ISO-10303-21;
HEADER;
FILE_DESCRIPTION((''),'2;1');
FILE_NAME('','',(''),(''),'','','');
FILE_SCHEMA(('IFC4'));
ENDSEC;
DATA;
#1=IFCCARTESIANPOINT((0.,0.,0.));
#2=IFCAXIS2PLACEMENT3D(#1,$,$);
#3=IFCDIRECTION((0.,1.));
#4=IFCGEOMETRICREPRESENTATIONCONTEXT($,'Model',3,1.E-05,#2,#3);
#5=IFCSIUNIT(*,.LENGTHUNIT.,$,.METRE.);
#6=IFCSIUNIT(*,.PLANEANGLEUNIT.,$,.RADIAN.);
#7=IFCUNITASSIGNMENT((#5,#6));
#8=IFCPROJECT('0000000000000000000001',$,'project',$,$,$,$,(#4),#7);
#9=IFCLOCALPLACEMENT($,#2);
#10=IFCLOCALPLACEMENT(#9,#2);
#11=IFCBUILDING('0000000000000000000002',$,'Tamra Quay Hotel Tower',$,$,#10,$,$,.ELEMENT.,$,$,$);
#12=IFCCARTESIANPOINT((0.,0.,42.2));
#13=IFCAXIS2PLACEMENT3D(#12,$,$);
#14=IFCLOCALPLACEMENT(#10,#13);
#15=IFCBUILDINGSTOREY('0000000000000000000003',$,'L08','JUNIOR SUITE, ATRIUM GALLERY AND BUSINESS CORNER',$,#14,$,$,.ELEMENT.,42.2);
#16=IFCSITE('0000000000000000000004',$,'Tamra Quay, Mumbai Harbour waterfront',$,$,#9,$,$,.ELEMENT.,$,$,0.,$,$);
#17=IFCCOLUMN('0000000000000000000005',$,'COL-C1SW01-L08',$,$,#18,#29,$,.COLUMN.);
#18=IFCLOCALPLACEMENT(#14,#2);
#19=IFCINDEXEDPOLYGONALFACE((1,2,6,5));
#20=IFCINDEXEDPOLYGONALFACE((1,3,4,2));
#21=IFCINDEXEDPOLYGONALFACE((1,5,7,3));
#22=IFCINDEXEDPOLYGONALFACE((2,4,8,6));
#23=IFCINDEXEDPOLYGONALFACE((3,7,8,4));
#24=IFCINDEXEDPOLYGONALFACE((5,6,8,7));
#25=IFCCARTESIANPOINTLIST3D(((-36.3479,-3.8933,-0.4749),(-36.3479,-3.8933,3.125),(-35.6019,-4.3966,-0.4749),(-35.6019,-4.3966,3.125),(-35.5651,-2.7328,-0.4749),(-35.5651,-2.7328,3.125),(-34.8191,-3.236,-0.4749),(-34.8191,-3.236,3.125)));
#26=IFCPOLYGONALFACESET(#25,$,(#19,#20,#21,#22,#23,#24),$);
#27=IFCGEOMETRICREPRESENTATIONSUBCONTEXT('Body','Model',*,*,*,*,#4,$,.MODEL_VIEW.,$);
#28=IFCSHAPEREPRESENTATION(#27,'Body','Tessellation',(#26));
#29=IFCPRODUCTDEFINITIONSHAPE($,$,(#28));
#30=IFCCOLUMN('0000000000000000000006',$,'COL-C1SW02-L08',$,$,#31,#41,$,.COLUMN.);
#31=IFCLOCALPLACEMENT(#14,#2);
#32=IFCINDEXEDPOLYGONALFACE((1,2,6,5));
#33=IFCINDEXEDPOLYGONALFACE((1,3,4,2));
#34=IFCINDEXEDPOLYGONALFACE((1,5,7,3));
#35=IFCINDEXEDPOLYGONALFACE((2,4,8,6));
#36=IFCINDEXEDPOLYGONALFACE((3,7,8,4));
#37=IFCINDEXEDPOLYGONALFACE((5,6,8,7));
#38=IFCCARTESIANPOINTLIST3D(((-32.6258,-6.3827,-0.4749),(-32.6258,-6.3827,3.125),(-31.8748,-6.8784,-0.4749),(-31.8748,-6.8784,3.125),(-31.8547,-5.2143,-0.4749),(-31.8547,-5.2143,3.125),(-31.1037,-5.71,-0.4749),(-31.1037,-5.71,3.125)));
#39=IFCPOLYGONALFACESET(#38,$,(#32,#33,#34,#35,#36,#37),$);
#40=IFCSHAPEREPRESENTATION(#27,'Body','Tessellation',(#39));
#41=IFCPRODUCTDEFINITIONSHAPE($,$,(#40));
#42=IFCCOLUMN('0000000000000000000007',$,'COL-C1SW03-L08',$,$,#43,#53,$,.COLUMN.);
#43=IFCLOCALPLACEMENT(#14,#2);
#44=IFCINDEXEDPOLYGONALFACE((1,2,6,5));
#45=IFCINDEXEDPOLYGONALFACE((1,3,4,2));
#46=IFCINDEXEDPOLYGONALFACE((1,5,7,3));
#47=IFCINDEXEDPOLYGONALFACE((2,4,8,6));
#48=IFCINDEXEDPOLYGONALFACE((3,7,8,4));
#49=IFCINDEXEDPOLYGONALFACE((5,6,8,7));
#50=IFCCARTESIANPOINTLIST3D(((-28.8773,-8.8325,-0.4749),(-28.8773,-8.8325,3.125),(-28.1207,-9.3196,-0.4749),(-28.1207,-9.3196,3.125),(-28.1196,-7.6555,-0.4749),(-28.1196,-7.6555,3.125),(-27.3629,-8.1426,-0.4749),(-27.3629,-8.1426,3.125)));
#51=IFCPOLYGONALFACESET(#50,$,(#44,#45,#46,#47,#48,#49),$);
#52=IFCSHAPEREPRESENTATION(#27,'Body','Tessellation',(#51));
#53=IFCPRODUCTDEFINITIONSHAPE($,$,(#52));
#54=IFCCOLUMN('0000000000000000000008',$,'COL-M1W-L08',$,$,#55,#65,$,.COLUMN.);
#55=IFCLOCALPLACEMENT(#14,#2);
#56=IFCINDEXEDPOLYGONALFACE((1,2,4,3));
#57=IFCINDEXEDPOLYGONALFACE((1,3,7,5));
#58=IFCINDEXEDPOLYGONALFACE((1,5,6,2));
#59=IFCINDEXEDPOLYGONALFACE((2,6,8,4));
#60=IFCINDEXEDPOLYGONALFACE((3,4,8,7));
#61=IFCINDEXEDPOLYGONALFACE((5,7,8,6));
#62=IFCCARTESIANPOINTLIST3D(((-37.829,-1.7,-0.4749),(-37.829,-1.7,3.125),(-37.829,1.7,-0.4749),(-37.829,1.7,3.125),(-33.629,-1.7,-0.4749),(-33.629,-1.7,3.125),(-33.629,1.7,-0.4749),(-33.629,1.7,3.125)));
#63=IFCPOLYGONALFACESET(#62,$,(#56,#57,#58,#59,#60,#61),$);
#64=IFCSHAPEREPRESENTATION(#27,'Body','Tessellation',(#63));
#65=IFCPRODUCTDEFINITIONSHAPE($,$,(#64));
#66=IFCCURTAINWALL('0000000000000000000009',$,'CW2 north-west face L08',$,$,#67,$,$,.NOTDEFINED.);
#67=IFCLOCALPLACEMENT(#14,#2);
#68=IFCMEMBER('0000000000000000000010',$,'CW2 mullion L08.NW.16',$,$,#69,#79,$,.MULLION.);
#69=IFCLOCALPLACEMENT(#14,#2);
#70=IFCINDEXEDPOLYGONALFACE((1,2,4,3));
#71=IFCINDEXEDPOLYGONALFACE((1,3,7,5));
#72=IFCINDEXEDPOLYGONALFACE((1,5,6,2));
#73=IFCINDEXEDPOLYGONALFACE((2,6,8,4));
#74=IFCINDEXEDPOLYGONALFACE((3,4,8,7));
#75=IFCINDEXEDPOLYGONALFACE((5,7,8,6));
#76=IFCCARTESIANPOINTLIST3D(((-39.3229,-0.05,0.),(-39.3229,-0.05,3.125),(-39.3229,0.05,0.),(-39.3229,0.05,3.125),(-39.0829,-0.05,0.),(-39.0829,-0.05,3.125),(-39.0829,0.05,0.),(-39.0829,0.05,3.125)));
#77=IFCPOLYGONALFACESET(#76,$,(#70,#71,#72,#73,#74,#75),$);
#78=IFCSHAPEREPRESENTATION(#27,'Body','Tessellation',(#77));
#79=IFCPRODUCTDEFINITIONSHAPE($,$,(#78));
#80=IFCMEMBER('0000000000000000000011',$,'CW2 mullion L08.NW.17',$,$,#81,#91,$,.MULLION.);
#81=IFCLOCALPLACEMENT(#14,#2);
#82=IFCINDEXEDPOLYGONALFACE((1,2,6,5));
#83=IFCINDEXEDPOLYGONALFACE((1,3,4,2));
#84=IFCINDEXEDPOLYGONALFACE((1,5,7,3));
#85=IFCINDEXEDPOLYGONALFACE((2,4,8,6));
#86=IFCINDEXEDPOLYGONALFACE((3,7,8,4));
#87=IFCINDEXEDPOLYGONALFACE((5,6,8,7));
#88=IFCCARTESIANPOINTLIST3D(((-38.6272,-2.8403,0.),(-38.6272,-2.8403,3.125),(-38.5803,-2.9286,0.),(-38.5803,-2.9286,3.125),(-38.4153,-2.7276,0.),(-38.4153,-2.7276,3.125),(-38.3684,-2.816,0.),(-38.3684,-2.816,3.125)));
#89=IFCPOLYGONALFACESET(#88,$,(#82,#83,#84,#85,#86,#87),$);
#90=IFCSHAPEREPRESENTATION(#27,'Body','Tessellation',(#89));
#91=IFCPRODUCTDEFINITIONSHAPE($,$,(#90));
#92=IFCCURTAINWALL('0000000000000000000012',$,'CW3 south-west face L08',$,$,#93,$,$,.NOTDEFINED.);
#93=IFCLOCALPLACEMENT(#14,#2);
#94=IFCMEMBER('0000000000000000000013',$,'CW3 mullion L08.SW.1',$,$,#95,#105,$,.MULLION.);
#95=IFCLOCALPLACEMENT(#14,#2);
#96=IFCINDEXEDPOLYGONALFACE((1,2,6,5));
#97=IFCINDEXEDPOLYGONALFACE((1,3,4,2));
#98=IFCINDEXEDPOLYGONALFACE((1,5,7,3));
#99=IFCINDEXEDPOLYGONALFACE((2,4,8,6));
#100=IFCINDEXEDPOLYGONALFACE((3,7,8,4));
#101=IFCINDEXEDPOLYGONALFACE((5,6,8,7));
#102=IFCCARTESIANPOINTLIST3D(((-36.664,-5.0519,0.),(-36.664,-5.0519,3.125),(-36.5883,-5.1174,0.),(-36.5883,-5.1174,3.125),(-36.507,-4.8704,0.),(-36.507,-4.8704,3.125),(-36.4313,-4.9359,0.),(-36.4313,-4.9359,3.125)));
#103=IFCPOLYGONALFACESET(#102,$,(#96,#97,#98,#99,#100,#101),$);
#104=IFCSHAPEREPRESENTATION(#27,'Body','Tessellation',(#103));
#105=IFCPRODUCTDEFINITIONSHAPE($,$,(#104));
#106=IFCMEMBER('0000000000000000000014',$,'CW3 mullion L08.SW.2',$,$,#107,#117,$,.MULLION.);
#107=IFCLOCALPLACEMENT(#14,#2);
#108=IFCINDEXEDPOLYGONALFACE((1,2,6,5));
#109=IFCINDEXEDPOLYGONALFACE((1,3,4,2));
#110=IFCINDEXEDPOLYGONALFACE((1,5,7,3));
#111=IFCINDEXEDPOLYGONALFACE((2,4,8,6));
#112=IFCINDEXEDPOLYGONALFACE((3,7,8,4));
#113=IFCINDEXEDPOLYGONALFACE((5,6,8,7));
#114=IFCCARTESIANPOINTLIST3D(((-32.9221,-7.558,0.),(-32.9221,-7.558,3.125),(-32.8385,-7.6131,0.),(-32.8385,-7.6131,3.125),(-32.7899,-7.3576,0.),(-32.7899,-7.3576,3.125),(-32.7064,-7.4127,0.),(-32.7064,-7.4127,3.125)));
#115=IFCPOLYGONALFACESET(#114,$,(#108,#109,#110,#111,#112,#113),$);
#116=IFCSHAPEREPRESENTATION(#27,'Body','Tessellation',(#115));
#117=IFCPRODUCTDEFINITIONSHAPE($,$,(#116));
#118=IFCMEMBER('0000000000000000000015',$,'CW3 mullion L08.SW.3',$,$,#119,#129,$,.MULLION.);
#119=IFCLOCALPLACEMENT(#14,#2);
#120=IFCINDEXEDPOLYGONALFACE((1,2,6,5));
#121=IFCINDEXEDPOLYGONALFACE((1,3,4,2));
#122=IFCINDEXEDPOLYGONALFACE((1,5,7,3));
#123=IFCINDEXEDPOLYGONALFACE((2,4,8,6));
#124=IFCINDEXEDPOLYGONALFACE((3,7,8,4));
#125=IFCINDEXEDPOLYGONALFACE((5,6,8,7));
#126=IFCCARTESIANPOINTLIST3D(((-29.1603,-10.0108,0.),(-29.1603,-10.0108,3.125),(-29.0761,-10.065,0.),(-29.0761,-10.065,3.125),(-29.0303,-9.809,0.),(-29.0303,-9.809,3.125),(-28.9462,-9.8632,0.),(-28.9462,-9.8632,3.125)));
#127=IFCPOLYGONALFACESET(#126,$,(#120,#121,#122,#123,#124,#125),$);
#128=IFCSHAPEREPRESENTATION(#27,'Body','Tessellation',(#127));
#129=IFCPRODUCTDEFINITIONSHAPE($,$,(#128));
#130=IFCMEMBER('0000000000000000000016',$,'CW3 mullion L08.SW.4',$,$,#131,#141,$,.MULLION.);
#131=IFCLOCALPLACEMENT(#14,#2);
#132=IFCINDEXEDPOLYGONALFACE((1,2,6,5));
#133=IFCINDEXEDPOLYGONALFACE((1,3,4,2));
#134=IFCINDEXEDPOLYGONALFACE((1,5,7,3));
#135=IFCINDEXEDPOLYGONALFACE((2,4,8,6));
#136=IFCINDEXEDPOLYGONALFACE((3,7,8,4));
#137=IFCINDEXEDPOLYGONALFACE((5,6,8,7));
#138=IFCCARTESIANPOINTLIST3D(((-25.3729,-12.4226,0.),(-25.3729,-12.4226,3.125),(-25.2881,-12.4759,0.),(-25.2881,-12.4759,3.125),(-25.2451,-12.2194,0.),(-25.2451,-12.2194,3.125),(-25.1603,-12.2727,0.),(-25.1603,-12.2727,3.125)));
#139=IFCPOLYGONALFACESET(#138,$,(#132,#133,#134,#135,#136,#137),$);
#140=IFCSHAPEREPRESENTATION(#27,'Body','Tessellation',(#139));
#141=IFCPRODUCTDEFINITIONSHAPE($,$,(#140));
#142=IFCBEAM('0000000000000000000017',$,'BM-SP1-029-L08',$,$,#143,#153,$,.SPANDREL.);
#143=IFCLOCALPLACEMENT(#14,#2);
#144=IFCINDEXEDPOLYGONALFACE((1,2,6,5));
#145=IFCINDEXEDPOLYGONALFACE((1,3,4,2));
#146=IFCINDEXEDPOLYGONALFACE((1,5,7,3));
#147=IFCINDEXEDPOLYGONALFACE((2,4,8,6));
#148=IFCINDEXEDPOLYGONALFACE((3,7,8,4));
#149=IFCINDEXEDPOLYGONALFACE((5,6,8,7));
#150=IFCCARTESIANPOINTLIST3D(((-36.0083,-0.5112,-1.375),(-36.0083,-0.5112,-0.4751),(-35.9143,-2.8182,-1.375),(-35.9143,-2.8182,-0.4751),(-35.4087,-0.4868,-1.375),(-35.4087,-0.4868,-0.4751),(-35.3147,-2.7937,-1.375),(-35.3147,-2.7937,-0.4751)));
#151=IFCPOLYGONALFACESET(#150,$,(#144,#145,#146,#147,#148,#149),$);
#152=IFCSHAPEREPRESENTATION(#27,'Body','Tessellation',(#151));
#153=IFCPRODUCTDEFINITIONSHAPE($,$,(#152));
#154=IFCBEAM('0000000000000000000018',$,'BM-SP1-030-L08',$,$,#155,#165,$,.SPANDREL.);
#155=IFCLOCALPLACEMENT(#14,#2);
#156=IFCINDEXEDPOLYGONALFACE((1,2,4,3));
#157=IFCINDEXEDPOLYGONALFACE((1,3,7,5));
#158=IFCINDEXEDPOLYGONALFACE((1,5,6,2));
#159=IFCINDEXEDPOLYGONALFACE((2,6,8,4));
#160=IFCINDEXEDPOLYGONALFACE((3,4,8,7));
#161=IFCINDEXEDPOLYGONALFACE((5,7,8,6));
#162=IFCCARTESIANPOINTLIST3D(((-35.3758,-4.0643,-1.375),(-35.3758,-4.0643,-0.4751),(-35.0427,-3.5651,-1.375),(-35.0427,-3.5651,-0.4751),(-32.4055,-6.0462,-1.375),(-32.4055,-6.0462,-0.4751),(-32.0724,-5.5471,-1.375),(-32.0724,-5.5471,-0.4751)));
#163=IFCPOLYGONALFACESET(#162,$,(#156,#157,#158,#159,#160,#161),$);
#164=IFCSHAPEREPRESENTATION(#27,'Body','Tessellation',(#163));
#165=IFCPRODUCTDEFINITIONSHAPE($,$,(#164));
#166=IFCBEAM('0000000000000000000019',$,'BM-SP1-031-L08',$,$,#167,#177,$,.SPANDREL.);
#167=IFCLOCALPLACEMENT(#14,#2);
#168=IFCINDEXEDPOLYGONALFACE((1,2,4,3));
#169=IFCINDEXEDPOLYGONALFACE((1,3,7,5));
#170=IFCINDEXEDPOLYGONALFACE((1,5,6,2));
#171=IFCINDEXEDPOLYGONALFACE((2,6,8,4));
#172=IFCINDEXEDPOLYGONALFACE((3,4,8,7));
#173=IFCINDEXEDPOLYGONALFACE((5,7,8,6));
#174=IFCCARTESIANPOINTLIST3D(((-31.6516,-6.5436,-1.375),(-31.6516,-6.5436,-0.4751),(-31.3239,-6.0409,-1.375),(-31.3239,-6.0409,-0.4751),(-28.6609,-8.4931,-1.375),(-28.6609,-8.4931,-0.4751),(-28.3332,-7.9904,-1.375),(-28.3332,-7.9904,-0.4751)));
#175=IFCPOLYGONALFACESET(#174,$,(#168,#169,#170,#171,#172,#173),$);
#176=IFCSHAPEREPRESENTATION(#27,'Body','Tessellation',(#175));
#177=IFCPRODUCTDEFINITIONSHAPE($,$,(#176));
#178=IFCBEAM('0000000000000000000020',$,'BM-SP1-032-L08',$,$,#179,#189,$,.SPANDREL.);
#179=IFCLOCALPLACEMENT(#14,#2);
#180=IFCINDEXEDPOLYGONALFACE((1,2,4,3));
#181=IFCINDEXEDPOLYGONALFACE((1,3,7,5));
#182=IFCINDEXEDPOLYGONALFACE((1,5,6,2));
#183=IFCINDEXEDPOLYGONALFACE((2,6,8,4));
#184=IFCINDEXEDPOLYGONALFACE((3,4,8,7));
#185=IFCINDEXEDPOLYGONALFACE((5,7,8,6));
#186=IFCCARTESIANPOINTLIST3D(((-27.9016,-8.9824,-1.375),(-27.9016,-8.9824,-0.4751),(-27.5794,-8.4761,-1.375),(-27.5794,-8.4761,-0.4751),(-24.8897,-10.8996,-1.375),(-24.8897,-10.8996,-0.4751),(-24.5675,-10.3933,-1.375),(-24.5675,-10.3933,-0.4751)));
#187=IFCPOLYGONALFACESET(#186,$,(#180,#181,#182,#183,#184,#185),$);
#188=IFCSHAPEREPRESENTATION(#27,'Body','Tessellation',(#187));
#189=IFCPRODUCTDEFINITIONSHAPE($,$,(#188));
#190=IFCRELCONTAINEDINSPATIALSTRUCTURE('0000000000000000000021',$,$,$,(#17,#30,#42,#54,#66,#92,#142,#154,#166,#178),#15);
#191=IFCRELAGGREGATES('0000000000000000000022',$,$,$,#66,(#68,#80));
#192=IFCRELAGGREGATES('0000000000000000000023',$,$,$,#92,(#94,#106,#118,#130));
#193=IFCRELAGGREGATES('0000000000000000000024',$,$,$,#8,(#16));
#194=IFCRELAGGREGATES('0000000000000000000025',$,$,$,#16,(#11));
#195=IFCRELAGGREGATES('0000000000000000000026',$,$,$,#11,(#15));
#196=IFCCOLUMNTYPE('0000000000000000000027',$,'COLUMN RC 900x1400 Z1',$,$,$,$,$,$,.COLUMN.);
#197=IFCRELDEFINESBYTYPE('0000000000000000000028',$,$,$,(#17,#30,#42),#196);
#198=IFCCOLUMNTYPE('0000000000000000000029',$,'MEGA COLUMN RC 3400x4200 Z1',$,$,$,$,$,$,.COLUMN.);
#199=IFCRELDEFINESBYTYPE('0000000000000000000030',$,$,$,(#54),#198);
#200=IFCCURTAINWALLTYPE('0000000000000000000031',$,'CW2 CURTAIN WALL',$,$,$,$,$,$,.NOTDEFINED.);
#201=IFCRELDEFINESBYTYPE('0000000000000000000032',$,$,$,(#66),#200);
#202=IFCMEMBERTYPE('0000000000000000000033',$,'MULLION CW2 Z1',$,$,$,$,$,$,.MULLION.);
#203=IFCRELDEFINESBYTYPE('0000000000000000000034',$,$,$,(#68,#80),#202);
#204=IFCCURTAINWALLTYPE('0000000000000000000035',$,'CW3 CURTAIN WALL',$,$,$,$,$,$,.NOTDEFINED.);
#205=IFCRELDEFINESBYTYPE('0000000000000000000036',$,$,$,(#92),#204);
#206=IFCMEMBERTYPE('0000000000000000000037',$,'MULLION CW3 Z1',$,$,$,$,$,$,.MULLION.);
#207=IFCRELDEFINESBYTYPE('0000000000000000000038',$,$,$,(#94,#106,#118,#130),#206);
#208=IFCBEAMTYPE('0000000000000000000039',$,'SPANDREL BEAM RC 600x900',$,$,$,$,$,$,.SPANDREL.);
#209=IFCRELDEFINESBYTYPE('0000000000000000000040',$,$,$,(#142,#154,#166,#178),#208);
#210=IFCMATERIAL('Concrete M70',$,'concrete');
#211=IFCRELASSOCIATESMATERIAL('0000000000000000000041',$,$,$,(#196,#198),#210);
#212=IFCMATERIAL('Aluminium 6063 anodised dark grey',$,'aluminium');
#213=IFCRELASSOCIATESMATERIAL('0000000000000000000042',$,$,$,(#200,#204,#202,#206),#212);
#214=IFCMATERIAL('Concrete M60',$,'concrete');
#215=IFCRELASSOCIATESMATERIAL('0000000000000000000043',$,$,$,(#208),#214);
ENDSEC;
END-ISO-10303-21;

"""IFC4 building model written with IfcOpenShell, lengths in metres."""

from ifc_helpers import new_model, si_unit, direction, frame, origin, origin_2d, place, context, subcontext, project, spatial, rectangle, extrude, material, material_profile, profile_set, type_object, element, aggregate, save


model = new_model("IFC4")

# Units and contexts
model_context = context("Model", 3, precision=1e-05, world=origin(), true_north=direction((0.0, 1.0)))
body_context = subcontext(model_context, "Body", "Model", "MODEL_VIEW")
ifc_project = project(units=[si_unit("LENGTHUNIT", "METRE"), si_unit("PLANEANGLEUNIT", "RADIAN")], contexts=[model_context])

# Site, building, storey
site_placement = place(None, origin())
site = spatial("IfcSite", under=ifc_project, at=site_placement, Name="Tamra Quay, Mumbai Harbour waterfront", CompositionType="ELEMENT", RefElevation=0.0)
building_placement = place(site_placement, origin())
building = spatial("IfcBuilding", under=site, at=building_placement, Name="Tamra Quay Hotel Tower", CompositionType="ELEMENT")
storey_placement = place(building_placement, frame((0.0, 0.0, 42.2)))
storey = spatial("IfcBuildingStorey", under=building, at=storey_placement, Name="L08", Description="JUNIOR SUITE, ATRIUM GALLERY AND BUSINESS CORNER", CompositionType="ELEMENT", Elevation=42.2)

# Columns
ifc_material_1 = material(Name="Concrete M70", Category="concrete")
ifc_material_profile_1 = material_profile(ifc_material_1, rectangle(XDim=1.3999, YDim=0.8999, at=origin_2d()), Name="COLUMN RC 900x1400 Z1")
ifc_profile_set_1 = profile_set([ifc_material_profile_1], Name="Concrete M70")
column_type_1 = type_object("IfcColumnType", Name="COLUMN RC 900x1400 Z1", PredefinedType="COLUMN", material=ifc_profile_set_1)
for number, where, z_axis, x_axis, name in (
    (1, (-35.5835, -3.5647, -0.4749), (0.0, 0.0, 1.0), (0.55922, 0.829019, 0.0), "COL-C1SW01-L08"),
    (2, (-31.8647, -6.0464, -0.4749), (0.0, 0.0, 1.0), (0.550838, 0.834612, 0.0), "COL-C1SW02-L08"),
    (3, (-28.1201, -8.4875, -0.4749), (0.0, 0.0, 1.0), (0.541283, 0.840841, 0.0), "COL-C1SW03-L08"),
):
    element("IfcColumn", number, at=place(storey_placement, frame(where, z_axis=z_axis, x_axis=x_axis)), inside=storey, type_object=column_type_1, Name=name, PredefinedType="COLUMN", context=body_context, shape_type="SweptSolid", body=[
        extrude(rectangle(XDim=1.3999, YDim=0.8999, at=origin_2d()), origin(), (0.0, 0.0, 1.0), 3.5999),
    ])
ifc_material_profile_2 = material_profile(ifc_material_1, rectangle(XDim=4.2, YDim=3.3999, at=origin_2d()), Name="MEGA COLUMN RC 3400x4200 Z1")
ifc_profile_set_2 = profile_set([ifc_material_profile_2], Name="Concrete M70")
column_type_2 = type_object("IfcColumnType", Name="MEGA COLUMN RC 3400x4200 Z1", PredefinedType="COLUMN", material=ifc_profile_set_2)
column_placement = place(storey_placement, frame((-35.729, 0.0, -0.4749), z_axis=(0.0, 0.0, 1.0), x_axis=(1.0, 0.0, 0.0)))
element("IfcColumn", 4, at=column_placement, inside=storey, type_object=column_type_2, Name="COL-M1W-L08", PredefinedType="COLUMN", context=body_context, shape_type="SweptSolid", body=[
    extrude(rectangle(XDim=4.2, YDim=3.3999, at=origin_2d()), origin(), (0.0, 0.0, 1.0), 3.5999),
])

# Curtain walls, members
ifc_material_2 = material(Name="Aluminium 6063 anodised dark grey", Category="aluminium")
curtain_wall_type_1 = type_object("IfcCurtainWallType", Name="CW2 CURTAIN WALL", PredefinedType="NOTDEFINED", material=ifc_material_2)
curtain_wall_1_placement = place(storey_placement, origin())
curtain_wall_1 = element("IfcCurtainWall", 5, at=curtain_wall_1_placement, inside=storey, type_object=curtain_wall_type_1, Name="CW2 north-west face L08", PredefinedType="NOTDEFINED")
ifc_material_profile_3 = material_profile(ifc_material_2, rectangle(XDim=0.24, YDim=0.1001, at=origin_2d()), Name="MULLION 100X240")
ifc_profile_set_3 = profile_set([ifc_material_profile_3], Name="Aluminium 6063 anodised dark grey")
member_type_1 = type_object("IfcMemberType", Name="MULLION CW2 Z1", PredefinedType="MULLION", material=ifc_profile_set_3)
member_1_placement = place(storey_placement, frame((-39.2029, 0.0, 0.0), z_axis=(0.0, 0.0, 1.0), x_axis=(-1.0, 0.0, 0.0)))
member_1 = element("IfcMember", 6, at=member_1_placement, type_object=member_type_1, Name="CW2 mullion L08.NW.16", PredefinedType="MULLION", context=body_context, shape_type="SweptSolid", body=[
    extrude(rectangle(XDim=0.24, YDim=0.1001, at=origin_2d()), origin(), (0.0, 0.0, 1.0), 3.125),
])
member_2_placement = place(storey_placement, frame((-38.4978, -2.8281, 0.0), z_axis=(0.0, 0.0, 1.0), x_axis=(-0.882955, -0.469457, 0.0)))
member_2 = element("IfcMember", 7, at=member_2_placement, type_object=member_type_1, Name="CW2 mullion L08.NW.17", PredefinedType="MULLION", context=body_context, shape_type="SweptSolid", body=[
    extrude(rectangle(XDim=0.24, YDim=0.1001, at=origin_2d()), origin(), (0.0, 0.0, 1.0), 3.125),
])
curtain_wall_type_2 = type_object("IfcCurtainWallType", Name="CW3 CURTAIN WALL", PredefinedType="NOTDEFINED", material=ifc_material_2)
curtain_wall_2_placement = place(storey_placement, origin())
curtain_wall_2 = element("IfcCurtainWall", 8, at=curtain_wall_2_placement, inside=storey, type_object=curtain_wall_type_2, Name="CW3 south-west face L08", PredefinedType="NOTDEFINED")
ifc_material_profile_4 = material_profile(ifc_material_2, rectangle(XDim=0.24, YDim=0.1001, at=origin_2d()), Name="MULLION 100X240")
ifc_profile_set_4 = profile_set([ifc_material_profile_4], Name="Aluminium 6063 anodised dark grey")
member_type_2 = type_object("IfcMemberType", Name="MULLION CW3 Z1", PredefinedType="MULLION", material=ifc_profile_set_4)
member_3_placement = place(storey_placement, frame((-36.5476, -4.9939, 0.0), z_axis=(0.0, 0.0, 1.0), x_axis=(-0.654197, -0.756324, 0.0)))
member_3 = element("IfcMember", 9, at=member_3_placement, type_object=member_type_2, Name="CW3 mullion L08.SW.1", PredefinedType="MULLION", context=body_context, shape_type="SweptSolid", body=[
    extrude(rectangle(XDim=0.24, YDim=0.1001, at=origin_2d()), origin(), (0.0, 0.0, 1.0), 3.125),
])
member_4_placement = place(storey_placement, frame((-32.8142, -7.4854, 0.0), z_axis=(0.0, 0.0, 1.0), x_axis=(-0.550591, -0.834775, 0.0)))
member_4 = element("IfcMember", 10, at=member_4_placement, type_object=member_type_2, Name="CW3 mullion L08.SW.2", PredefinedType="MULLION", context=body_context, shape_type="SweptSolid", body=[
    extrude(rectangle(XDim=0.24, YDim=0.1001, at=origin_2d()), origin(), (0.0, 0.0, 1.0), 3.125),
])
member_5_placement = place(storey_placement, frame((-29.0532, -9.937, 0.0), z_axis=(0.0, 0.0, 1.0), x_axis=(-0.541561, -0.840662, 0.0)))
member_5 = element("IfcMember", 11, at=member_5_placement, type_object=member_type_2, Name="CW3 mullion L08.SW.3", PredefinedType="MULLION", context=body_context, shape_type="SweptSolid", body=[
    extrude(rectangle(XDim=0.24, YDim=0.1001, at=origin_2d()), origin(), (0.0, 0.0, 1.0), 3.125),
])
member_6_placement = place(storey_placement, frame((-25.2666, -12.3477, 0.0), z_axis=(0.0, 0.0, 1.0), x_axis=(-0.532447, -0.846463, 0.0)))
member_6 = element("IfcMember", 12, at=member_6_placement, type_object=member_type_2, Name="CW3 mullion L08.SW.4", PredefinedType="MULLION", context=body_context, shape_type="SweptSolid", body=[
    extrude(rectangle(XDim=0.24, YDim=0.1001, at=origin_2d()), origin(), (0.0, 0.0, 1.0), 3.125),
])

# Beams
ifc_material_3 = material(Name="Concrete M60", Category="concrete")
ifc_material_profile_5 = material_profile(ifc_material_3, rectangle(XDim=0.6001, YDim=0.8999, at=origin_2d()), Name="SPANDREL BEAM RC 600x900")
ifc_profile_set_5 = profile_set([ifc_material_profile_5], Name="Concrete M60")
beam_type = type_object("IfcBeamType", Name="SPANDREL BEAM RC 600x900", PredefinedType="SPANDREL", material=ifc_profile_set_5)
beam_1_placement = place(storey_placement, frame((-35.7085, -0.499, -0.925), z_axis=(0.040711, -0.999171, 0.0), x_axis=(0.999171, 0.040711, 0.0)))
element("IfcBeam", 13, at=beam_1_placement, inside=storey, type_object=beam_type, Name="BM-SP1-029-L08", PredefinedType="SPANDREL", context=body_context, shape_type="SweptSolid", body=[
    extrude(rectangle(XDim=0.6001, YDim=0.8999, at=origin_2d()), origin(), (0.0, 0.0, 1.0), 2.3088),
])
beam_2_placement = place(storey_placement, frame((-35.2092, -3.8147, -0.925), z_axis=(0.831819, -0.555047, 0.0), x_axis=(0.555047, 0.831819, 0.0)))
element("IfcBeam", 14, at=beam_2_placement, inside=storey, type_object=beam_type, Name="BM-SP1-030-L08", PredefinedType="SPANDREL", context=body_context, shape_type="SweptSolid", body=[
    extrude(rectangle(XDim=0.6001, YDim=0.8999, at=origin_2d()), origin(), (0.0, 0.0, 1.0), 3.5708),
])
beam_3_placement = place(storey_placement, frame((-31.4878, -6.2922, -0.925), z_axis=(0.83774, -0.54607, 0.0), x_axis=(0.54607, 0.83774, 0.0)))
element("IfcBeam", 15, at=beam_3_placement, inside=storey, type_object=beam_type, Name="BM-SP1-031-L08", PredefinedType="SPANDREL", context=body_context, shape_type="SweptSolid", body=[
    extrude(rectangle(XDim=0.6001, YDim=0.8999, at=origin_2d()), origin(), (0.0, 0.0, 1.0), 3.5701),
])
beam_4_placement = place(storey_placement, frame((-27.7405, -8.7292, -0.925), z_axis=(0.843594, -0.536982, 0.0), x_axis=(0.536982, 0.843594, 0.0)))
element("IfcBeam", 16, at=beam_4_placement, inside=storey, type_object=beam_type, Name="BM-SP1-032-L08", PredefinedType="SPANDREL", context=body_context, shape_type="SweptSolid", body=[
    extrude(rectangle(XDim=0.6001, YDim=0.8999, at=origin_2d()), origin(), (0.0, 0.0, 1.0), 3.5703),
])

aggregate(curtain_wall_1, [member_1, member_2])
aggregate(curtain_wall_2, [member_3, member_4, member_5, member_6])

save(model, "model.ifc")
